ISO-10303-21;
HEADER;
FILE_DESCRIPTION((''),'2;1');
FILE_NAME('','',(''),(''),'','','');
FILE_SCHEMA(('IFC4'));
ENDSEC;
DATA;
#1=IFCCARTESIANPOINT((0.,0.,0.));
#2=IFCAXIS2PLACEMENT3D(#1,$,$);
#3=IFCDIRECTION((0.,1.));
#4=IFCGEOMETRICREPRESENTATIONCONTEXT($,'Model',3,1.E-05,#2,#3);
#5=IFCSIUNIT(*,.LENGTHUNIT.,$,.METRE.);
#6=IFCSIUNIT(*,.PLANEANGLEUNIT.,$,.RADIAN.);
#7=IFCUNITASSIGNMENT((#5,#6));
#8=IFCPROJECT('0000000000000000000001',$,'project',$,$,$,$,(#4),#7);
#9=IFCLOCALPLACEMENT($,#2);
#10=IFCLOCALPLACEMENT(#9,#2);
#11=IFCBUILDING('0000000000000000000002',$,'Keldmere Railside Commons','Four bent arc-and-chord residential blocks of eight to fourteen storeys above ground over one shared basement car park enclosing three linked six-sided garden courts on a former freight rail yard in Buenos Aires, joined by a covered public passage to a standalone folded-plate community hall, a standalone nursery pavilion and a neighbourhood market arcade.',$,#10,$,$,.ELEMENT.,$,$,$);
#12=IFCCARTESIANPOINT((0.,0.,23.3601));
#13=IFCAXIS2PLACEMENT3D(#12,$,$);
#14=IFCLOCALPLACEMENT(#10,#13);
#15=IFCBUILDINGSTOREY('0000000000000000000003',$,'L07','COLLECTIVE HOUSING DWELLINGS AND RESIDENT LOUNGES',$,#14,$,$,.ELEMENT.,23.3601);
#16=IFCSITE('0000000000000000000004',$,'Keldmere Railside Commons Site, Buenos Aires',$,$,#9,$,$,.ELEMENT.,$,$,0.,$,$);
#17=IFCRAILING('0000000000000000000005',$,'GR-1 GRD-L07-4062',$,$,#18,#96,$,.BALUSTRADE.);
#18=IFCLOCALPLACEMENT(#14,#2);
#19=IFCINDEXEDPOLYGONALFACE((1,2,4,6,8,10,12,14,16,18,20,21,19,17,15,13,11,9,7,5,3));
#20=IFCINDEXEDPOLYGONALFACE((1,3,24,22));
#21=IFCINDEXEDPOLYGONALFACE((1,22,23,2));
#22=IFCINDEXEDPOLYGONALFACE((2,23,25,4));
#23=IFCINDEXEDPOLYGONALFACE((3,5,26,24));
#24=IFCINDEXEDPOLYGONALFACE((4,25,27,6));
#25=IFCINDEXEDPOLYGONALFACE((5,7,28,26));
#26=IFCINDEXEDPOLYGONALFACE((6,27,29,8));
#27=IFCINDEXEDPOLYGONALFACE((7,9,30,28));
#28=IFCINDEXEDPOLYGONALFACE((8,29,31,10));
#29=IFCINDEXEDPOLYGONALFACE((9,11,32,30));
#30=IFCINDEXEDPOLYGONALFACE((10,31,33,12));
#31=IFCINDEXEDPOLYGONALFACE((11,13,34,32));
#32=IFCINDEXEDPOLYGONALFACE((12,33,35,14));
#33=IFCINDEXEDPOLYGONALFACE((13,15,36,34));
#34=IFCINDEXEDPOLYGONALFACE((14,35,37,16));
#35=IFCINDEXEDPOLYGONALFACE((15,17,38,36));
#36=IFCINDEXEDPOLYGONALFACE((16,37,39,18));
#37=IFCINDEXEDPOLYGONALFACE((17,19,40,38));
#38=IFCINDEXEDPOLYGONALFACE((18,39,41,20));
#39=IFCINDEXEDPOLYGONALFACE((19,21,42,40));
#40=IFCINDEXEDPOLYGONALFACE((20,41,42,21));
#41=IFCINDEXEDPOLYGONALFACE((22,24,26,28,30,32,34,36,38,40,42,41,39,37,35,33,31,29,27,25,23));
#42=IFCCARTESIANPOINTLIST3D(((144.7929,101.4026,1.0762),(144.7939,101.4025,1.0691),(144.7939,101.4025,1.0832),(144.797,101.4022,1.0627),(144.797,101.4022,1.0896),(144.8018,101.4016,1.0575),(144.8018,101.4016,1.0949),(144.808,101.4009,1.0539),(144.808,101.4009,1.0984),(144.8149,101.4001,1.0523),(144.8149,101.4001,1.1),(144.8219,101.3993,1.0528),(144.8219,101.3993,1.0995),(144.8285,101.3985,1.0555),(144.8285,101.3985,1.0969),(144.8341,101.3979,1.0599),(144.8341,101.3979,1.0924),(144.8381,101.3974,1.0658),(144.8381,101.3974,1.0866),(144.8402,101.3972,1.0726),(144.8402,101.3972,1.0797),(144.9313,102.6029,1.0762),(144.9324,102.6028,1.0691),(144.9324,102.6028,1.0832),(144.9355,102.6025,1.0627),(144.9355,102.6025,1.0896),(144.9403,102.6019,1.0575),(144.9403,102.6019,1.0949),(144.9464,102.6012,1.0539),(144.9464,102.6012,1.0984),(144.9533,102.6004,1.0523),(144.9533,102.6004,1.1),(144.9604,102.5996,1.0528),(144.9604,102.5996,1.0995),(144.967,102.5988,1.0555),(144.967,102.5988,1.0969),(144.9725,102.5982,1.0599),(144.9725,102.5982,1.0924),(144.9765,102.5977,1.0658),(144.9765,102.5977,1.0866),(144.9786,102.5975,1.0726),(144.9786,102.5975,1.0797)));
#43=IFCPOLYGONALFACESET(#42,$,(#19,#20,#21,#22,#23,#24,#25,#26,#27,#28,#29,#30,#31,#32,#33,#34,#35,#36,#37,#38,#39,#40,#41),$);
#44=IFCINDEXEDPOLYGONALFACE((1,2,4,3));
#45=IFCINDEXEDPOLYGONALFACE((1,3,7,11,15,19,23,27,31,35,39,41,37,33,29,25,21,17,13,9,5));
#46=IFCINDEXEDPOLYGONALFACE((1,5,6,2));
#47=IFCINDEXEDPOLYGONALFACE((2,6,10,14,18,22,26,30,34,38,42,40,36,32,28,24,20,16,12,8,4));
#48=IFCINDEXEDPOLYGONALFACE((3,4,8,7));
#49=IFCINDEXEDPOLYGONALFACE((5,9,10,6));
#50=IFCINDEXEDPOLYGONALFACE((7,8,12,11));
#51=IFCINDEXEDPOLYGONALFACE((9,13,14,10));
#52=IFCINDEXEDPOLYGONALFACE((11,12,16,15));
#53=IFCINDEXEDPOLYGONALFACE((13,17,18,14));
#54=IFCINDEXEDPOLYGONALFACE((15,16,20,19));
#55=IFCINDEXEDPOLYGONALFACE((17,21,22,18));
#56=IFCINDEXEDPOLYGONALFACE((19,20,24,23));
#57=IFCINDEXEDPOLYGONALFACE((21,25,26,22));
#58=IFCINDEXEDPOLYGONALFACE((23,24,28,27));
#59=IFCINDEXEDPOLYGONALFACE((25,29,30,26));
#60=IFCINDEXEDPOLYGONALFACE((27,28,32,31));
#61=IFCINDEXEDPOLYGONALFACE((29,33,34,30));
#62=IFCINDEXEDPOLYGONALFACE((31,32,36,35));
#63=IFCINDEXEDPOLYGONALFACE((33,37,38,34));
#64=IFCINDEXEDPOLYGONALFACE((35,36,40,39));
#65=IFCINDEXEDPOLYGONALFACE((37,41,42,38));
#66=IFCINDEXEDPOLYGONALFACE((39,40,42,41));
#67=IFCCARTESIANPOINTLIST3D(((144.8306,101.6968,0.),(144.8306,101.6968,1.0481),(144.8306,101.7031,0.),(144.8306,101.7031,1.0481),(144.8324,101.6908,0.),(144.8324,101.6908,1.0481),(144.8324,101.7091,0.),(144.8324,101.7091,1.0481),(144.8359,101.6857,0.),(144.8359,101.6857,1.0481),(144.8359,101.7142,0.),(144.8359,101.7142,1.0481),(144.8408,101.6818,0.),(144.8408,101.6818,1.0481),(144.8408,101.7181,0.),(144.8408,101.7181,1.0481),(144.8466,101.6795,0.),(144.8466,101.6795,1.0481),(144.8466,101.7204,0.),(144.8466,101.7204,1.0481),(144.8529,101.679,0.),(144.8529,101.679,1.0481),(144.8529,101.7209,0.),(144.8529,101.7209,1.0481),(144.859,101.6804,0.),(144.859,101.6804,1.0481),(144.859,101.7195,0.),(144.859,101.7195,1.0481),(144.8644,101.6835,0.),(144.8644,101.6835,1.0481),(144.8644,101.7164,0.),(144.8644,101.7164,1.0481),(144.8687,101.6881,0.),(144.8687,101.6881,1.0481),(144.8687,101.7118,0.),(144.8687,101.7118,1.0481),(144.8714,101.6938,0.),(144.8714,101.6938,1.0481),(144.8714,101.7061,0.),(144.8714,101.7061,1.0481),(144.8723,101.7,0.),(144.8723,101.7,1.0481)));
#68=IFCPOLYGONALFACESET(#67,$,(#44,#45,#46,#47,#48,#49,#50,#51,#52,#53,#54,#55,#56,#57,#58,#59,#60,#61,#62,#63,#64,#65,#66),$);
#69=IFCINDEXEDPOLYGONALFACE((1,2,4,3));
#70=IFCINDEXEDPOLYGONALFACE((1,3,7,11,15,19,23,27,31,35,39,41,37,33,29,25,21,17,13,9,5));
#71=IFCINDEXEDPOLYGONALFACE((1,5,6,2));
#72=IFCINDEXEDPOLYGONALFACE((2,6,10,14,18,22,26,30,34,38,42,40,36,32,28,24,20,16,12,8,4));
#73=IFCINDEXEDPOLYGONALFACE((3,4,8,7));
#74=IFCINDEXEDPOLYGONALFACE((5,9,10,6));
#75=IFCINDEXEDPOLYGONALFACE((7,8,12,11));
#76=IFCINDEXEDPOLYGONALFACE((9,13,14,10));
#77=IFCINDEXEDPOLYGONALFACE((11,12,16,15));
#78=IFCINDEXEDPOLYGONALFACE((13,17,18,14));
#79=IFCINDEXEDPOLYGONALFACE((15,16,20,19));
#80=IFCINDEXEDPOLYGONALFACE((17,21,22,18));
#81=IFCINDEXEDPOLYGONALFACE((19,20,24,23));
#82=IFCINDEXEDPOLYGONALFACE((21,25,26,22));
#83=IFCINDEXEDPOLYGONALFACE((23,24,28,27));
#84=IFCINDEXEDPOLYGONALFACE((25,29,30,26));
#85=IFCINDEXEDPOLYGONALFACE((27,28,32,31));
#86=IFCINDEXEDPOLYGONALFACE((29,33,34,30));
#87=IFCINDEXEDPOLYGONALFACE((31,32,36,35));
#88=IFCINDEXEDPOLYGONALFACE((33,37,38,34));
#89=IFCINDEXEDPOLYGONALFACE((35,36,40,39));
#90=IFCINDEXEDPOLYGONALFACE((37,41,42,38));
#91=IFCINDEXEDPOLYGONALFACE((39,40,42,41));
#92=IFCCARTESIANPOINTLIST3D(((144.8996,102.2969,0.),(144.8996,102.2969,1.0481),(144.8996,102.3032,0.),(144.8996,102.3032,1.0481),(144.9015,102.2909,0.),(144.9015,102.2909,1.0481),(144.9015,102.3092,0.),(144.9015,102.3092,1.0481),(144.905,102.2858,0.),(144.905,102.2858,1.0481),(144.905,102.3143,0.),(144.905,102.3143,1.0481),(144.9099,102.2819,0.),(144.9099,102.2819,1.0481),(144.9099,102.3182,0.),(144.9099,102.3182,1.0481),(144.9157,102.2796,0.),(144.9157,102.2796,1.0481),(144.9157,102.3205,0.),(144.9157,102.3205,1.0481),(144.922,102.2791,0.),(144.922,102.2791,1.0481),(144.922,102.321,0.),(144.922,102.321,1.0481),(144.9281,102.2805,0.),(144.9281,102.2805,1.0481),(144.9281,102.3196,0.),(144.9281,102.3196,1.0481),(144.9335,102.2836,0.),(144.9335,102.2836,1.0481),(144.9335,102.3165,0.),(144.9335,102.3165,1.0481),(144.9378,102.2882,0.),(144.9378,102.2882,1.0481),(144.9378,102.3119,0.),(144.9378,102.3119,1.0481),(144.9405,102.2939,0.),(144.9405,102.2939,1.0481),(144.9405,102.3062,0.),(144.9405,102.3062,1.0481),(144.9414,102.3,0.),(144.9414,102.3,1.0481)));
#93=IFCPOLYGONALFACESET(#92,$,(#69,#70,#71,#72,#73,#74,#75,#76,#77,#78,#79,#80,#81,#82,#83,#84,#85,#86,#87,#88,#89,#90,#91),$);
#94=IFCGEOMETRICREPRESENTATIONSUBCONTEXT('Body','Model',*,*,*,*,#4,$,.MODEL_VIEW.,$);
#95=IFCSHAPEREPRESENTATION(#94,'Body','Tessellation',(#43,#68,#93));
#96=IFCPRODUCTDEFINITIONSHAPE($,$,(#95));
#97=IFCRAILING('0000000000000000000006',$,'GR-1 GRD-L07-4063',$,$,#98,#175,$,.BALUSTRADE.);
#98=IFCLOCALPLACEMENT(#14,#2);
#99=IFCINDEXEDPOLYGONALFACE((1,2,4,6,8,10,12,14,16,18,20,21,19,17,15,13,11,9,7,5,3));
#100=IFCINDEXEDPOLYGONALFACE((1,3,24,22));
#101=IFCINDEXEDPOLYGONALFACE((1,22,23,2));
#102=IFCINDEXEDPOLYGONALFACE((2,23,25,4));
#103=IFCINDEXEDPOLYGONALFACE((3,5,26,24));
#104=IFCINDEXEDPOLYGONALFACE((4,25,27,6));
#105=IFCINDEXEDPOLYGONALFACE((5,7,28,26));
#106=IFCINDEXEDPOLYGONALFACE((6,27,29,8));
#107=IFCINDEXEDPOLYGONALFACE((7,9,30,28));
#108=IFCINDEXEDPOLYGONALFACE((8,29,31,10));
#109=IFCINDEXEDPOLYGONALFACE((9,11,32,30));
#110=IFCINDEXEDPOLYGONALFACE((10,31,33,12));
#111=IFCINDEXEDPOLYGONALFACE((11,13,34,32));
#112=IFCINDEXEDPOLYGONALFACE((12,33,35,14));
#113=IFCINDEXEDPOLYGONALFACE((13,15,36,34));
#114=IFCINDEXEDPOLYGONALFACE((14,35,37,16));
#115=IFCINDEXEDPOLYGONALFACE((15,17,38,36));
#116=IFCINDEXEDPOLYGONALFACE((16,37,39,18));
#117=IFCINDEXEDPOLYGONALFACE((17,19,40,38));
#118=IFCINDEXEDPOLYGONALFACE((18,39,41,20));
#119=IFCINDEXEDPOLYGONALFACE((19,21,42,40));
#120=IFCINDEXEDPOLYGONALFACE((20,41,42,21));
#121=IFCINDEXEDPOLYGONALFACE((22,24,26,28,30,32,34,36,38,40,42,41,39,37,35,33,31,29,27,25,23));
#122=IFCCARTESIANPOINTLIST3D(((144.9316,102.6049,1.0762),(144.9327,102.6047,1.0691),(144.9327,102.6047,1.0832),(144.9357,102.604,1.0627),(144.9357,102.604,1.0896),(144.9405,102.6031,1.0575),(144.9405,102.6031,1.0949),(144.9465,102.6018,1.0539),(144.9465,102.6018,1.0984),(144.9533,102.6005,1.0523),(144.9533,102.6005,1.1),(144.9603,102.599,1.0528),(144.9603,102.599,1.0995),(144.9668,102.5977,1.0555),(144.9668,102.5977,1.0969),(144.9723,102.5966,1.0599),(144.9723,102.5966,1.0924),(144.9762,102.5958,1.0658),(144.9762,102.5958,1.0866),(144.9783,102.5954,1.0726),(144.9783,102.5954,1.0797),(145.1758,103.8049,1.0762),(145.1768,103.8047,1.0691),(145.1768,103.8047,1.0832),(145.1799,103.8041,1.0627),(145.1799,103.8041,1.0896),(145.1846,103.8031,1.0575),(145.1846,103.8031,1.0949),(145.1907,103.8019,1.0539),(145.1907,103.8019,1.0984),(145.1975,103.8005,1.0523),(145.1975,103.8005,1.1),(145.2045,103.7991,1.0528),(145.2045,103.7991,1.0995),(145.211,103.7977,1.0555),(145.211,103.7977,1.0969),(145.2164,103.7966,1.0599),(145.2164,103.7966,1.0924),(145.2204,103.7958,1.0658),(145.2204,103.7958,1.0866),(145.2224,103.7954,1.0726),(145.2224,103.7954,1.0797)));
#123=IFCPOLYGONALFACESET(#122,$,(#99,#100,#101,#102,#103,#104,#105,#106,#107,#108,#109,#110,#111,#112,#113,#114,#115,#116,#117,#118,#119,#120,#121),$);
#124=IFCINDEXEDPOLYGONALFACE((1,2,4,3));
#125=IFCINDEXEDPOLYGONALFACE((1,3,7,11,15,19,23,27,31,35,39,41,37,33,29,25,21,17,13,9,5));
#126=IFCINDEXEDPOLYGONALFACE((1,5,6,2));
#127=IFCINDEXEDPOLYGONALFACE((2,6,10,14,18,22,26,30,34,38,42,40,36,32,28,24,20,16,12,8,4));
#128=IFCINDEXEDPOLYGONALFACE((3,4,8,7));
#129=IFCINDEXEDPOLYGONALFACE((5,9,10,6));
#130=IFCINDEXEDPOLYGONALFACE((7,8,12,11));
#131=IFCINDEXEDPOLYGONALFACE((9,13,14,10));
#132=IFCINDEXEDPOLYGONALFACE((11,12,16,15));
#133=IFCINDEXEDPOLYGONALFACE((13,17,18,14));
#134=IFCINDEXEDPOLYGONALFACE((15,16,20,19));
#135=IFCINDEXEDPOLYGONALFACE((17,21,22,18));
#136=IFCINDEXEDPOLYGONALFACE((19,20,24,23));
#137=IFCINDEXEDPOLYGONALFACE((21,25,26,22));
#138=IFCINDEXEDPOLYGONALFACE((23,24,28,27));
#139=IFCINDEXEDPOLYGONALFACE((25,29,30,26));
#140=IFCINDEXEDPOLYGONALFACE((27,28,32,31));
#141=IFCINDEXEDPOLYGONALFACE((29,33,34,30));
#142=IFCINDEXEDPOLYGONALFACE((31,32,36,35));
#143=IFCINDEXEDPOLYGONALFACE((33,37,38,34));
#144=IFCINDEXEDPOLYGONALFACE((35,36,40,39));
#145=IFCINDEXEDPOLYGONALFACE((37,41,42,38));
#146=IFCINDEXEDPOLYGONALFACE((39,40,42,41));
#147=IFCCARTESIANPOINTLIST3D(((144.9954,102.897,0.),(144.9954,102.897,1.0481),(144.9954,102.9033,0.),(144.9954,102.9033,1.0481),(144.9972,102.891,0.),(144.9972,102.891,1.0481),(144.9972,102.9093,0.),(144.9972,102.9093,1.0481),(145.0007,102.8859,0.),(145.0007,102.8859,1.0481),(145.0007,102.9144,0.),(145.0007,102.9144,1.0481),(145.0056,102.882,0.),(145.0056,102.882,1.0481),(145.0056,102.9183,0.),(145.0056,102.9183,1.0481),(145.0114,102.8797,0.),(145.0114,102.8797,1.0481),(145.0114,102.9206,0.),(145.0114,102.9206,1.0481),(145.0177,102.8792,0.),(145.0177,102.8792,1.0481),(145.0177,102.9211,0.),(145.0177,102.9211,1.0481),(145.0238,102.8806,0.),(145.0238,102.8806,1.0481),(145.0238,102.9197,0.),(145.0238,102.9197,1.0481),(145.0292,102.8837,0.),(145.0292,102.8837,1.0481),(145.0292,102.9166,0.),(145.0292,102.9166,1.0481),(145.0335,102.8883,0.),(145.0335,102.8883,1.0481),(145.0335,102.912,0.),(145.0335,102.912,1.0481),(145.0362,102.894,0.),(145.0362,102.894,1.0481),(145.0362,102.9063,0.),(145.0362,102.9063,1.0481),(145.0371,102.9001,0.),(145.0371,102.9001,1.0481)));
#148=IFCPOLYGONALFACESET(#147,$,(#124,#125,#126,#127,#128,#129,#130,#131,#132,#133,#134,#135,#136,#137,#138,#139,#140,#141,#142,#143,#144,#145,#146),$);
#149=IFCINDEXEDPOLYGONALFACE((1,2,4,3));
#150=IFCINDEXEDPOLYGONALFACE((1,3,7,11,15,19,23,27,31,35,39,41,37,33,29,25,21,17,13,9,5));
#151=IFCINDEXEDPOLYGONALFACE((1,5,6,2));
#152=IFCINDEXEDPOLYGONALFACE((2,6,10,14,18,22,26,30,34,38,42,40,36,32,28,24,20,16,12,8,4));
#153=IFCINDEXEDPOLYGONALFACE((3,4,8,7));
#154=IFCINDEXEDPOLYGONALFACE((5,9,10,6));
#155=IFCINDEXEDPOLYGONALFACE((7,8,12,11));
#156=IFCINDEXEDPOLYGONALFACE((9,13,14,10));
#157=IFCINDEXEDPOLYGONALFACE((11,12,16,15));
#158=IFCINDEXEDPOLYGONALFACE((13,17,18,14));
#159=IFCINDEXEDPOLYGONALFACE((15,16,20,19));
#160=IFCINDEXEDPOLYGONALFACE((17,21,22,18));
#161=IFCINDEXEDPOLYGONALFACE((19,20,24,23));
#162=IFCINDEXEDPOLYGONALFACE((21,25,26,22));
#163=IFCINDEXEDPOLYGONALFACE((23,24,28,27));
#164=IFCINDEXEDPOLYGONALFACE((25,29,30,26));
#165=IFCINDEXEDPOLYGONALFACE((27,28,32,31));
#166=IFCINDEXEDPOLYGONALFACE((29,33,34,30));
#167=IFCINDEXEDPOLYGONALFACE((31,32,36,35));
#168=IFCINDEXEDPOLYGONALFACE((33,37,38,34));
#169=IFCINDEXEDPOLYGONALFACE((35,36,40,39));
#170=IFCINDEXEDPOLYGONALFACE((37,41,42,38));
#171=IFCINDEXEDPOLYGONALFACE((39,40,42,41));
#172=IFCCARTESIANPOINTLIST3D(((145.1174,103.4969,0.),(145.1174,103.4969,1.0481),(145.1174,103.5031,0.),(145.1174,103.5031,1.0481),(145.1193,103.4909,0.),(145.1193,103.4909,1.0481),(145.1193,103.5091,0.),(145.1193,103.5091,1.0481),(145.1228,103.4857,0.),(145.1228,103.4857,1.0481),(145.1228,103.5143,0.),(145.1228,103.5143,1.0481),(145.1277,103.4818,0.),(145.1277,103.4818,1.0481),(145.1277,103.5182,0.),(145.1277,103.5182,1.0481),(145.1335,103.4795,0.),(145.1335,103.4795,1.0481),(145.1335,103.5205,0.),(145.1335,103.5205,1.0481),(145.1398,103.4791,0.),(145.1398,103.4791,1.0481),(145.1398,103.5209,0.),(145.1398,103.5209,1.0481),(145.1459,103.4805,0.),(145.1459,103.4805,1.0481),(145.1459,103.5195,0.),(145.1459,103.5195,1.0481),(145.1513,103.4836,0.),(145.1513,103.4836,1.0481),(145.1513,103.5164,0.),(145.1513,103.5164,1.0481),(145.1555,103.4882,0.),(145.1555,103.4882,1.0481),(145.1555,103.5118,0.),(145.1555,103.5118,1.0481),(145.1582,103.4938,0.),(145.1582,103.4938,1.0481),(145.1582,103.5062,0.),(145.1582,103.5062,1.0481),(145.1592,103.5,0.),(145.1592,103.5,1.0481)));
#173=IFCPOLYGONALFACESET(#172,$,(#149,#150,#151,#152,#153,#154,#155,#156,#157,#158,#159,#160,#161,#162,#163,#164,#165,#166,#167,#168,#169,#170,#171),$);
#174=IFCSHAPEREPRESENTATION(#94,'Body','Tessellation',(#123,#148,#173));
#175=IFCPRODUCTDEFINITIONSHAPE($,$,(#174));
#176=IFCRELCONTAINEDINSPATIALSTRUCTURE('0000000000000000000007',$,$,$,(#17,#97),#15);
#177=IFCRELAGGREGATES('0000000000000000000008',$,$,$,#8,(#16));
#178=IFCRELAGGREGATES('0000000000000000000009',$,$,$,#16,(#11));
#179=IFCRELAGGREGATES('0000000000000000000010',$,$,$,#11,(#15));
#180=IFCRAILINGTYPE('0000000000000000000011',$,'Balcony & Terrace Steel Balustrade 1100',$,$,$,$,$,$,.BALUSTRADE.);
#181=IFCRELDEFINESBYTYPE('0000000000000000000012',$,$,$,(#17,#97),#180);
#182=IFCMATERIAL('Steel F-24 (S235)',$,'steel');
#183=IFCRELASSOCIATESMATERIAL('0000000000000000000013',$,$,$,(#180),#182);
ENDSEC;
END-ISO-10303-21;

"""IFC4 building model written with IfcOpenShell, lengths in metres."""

from ifc_helpers import new_model, si_unit, direction, frame, origin, origin_2d, place, context, subcontext, project, spatial, circle, extrude, material, type_object, element, save


model = new_model("IFC4")

# Units and contexts
model_context = context("Model", 3, precision=1e-05, world=origin(), true_north=direction((0.0, 1.0)))
body_context = subcontext(model_context, "Body", "Model", "MODEL_VIEW")
ifc_project = project(units=[si_unit("LENGTHUNIT", "METRE"), si_unit("PLANEANGLEUNIT", "RADIAN")], contexts=[model_context])

# Site, building, storey
site_placement = place(None, origin())
site = spatial("IfcSite", under=ifc_project, at=site_placement, Name="Keldmere Railside Commons Site, Buenos Aires", CompositionType="ELEMENT", RefElevation=0.0)
building_placement = place(site_placement, origin())
building = spatial("IfcBuilding", under=site, at=building_placement, Name="Keldmere Railside Commons", Description="Four bent arc-and-chord residential blocks of eight to fourteen storeys above ground over one shared basement car park enclosing three linked six-sided garden courts on a former freight rail yard in Buenos Aires, joined by a covered public passage to a standalone folded-plate community hall, a standalone nursery pavilion and a neighbourhood market arcade.", CompositionType="ELEMENT")
storey_placement = place(building_placement, frame((0.0, 0.0, 23.3601)))
storey = spatial("IfcBuildingStorey", under=building, at=storey_placement, Name="L07", Description="COLLECTIVE HOUSING DWELLINGS AND RESIDENT LOUNGES", CompositionType="ELEMENT", Elevation=23.3601)

# Railings
ifc_material_1 = material(Name="Steel F-24 (S235)", Category="steel")
railing_type_1 = type_object("IfcRailingType", Name="Balcony & Terrace Steel Balustrade 1100", PredefinedType="BALUSTRADE", material=ifc_material_1)
railing_1_placement = place(storey_placement, frame((144.8167, 101.3999, 0.0)))
element("IfcRailing", 1, at=railing_1_placement, inside=storey, type_object=railing_type_1, Name="GR-1 GRD-L07-4062", PredefinedType="BALUSTRADE", context=body_context, shape_type="SweptSolid", body=[
    extrude(circle(Radius=0.0239, at=origin_2d()), frame((0.0, 0.0, 1.0762), z_axis=(0.114578, 0.993414, 0.0), x_axis=(-0.993414, 0.114578, 0.0)), (0.0, 0.0, 1.0), 1.2083),
    extrude(circle(Radius=0.021, at=origin_2d()), frame((0.0347, 0.3, 0.0)), (0.0, 0.0, 1.0), 1.0481),
    extrude(circle(Radius=0.021, at=origin_2d()), frame((0.1038, 0.9001, 0.0)), (0.0, 0.0, 1.0), 1.0481),
])
railing_2_placement = place(storey_placement, frame((144.9551, 102.6001, 0.0)))
element("IfcRailing", 2, at=railing_2_placement, inside=storey, type_object=railing_type_1, Name="GR-1 GRD-L07-4063", PredefinedType="BALUSTRADE", context=body_context, shape_type="SweptSolid", body=[
    extrude(circle(Radius=0.0239, at=origin_2d()), frame((0.0, 0.0, 1.0762), z_axis=(0.199374, 0.979923, 0.0), x_axis=(-0.979923, 0.199374, 0.0)), (0.0, 0.0, 1.0), 1.2246),
    extrude(circle(Radius=0.021, at=origin_2d()), frame((0.061, 0.3, 0.0)), (0.0, 0.0, 1.0), 1.0481),
    extrude(circle(Radius=0.021, at=origin_2d()), frame((0.1831, 0.8999, 0.0)), (0.0, 0.0, 1.0), 1.0481),
])

save(model, "model.ifc")
